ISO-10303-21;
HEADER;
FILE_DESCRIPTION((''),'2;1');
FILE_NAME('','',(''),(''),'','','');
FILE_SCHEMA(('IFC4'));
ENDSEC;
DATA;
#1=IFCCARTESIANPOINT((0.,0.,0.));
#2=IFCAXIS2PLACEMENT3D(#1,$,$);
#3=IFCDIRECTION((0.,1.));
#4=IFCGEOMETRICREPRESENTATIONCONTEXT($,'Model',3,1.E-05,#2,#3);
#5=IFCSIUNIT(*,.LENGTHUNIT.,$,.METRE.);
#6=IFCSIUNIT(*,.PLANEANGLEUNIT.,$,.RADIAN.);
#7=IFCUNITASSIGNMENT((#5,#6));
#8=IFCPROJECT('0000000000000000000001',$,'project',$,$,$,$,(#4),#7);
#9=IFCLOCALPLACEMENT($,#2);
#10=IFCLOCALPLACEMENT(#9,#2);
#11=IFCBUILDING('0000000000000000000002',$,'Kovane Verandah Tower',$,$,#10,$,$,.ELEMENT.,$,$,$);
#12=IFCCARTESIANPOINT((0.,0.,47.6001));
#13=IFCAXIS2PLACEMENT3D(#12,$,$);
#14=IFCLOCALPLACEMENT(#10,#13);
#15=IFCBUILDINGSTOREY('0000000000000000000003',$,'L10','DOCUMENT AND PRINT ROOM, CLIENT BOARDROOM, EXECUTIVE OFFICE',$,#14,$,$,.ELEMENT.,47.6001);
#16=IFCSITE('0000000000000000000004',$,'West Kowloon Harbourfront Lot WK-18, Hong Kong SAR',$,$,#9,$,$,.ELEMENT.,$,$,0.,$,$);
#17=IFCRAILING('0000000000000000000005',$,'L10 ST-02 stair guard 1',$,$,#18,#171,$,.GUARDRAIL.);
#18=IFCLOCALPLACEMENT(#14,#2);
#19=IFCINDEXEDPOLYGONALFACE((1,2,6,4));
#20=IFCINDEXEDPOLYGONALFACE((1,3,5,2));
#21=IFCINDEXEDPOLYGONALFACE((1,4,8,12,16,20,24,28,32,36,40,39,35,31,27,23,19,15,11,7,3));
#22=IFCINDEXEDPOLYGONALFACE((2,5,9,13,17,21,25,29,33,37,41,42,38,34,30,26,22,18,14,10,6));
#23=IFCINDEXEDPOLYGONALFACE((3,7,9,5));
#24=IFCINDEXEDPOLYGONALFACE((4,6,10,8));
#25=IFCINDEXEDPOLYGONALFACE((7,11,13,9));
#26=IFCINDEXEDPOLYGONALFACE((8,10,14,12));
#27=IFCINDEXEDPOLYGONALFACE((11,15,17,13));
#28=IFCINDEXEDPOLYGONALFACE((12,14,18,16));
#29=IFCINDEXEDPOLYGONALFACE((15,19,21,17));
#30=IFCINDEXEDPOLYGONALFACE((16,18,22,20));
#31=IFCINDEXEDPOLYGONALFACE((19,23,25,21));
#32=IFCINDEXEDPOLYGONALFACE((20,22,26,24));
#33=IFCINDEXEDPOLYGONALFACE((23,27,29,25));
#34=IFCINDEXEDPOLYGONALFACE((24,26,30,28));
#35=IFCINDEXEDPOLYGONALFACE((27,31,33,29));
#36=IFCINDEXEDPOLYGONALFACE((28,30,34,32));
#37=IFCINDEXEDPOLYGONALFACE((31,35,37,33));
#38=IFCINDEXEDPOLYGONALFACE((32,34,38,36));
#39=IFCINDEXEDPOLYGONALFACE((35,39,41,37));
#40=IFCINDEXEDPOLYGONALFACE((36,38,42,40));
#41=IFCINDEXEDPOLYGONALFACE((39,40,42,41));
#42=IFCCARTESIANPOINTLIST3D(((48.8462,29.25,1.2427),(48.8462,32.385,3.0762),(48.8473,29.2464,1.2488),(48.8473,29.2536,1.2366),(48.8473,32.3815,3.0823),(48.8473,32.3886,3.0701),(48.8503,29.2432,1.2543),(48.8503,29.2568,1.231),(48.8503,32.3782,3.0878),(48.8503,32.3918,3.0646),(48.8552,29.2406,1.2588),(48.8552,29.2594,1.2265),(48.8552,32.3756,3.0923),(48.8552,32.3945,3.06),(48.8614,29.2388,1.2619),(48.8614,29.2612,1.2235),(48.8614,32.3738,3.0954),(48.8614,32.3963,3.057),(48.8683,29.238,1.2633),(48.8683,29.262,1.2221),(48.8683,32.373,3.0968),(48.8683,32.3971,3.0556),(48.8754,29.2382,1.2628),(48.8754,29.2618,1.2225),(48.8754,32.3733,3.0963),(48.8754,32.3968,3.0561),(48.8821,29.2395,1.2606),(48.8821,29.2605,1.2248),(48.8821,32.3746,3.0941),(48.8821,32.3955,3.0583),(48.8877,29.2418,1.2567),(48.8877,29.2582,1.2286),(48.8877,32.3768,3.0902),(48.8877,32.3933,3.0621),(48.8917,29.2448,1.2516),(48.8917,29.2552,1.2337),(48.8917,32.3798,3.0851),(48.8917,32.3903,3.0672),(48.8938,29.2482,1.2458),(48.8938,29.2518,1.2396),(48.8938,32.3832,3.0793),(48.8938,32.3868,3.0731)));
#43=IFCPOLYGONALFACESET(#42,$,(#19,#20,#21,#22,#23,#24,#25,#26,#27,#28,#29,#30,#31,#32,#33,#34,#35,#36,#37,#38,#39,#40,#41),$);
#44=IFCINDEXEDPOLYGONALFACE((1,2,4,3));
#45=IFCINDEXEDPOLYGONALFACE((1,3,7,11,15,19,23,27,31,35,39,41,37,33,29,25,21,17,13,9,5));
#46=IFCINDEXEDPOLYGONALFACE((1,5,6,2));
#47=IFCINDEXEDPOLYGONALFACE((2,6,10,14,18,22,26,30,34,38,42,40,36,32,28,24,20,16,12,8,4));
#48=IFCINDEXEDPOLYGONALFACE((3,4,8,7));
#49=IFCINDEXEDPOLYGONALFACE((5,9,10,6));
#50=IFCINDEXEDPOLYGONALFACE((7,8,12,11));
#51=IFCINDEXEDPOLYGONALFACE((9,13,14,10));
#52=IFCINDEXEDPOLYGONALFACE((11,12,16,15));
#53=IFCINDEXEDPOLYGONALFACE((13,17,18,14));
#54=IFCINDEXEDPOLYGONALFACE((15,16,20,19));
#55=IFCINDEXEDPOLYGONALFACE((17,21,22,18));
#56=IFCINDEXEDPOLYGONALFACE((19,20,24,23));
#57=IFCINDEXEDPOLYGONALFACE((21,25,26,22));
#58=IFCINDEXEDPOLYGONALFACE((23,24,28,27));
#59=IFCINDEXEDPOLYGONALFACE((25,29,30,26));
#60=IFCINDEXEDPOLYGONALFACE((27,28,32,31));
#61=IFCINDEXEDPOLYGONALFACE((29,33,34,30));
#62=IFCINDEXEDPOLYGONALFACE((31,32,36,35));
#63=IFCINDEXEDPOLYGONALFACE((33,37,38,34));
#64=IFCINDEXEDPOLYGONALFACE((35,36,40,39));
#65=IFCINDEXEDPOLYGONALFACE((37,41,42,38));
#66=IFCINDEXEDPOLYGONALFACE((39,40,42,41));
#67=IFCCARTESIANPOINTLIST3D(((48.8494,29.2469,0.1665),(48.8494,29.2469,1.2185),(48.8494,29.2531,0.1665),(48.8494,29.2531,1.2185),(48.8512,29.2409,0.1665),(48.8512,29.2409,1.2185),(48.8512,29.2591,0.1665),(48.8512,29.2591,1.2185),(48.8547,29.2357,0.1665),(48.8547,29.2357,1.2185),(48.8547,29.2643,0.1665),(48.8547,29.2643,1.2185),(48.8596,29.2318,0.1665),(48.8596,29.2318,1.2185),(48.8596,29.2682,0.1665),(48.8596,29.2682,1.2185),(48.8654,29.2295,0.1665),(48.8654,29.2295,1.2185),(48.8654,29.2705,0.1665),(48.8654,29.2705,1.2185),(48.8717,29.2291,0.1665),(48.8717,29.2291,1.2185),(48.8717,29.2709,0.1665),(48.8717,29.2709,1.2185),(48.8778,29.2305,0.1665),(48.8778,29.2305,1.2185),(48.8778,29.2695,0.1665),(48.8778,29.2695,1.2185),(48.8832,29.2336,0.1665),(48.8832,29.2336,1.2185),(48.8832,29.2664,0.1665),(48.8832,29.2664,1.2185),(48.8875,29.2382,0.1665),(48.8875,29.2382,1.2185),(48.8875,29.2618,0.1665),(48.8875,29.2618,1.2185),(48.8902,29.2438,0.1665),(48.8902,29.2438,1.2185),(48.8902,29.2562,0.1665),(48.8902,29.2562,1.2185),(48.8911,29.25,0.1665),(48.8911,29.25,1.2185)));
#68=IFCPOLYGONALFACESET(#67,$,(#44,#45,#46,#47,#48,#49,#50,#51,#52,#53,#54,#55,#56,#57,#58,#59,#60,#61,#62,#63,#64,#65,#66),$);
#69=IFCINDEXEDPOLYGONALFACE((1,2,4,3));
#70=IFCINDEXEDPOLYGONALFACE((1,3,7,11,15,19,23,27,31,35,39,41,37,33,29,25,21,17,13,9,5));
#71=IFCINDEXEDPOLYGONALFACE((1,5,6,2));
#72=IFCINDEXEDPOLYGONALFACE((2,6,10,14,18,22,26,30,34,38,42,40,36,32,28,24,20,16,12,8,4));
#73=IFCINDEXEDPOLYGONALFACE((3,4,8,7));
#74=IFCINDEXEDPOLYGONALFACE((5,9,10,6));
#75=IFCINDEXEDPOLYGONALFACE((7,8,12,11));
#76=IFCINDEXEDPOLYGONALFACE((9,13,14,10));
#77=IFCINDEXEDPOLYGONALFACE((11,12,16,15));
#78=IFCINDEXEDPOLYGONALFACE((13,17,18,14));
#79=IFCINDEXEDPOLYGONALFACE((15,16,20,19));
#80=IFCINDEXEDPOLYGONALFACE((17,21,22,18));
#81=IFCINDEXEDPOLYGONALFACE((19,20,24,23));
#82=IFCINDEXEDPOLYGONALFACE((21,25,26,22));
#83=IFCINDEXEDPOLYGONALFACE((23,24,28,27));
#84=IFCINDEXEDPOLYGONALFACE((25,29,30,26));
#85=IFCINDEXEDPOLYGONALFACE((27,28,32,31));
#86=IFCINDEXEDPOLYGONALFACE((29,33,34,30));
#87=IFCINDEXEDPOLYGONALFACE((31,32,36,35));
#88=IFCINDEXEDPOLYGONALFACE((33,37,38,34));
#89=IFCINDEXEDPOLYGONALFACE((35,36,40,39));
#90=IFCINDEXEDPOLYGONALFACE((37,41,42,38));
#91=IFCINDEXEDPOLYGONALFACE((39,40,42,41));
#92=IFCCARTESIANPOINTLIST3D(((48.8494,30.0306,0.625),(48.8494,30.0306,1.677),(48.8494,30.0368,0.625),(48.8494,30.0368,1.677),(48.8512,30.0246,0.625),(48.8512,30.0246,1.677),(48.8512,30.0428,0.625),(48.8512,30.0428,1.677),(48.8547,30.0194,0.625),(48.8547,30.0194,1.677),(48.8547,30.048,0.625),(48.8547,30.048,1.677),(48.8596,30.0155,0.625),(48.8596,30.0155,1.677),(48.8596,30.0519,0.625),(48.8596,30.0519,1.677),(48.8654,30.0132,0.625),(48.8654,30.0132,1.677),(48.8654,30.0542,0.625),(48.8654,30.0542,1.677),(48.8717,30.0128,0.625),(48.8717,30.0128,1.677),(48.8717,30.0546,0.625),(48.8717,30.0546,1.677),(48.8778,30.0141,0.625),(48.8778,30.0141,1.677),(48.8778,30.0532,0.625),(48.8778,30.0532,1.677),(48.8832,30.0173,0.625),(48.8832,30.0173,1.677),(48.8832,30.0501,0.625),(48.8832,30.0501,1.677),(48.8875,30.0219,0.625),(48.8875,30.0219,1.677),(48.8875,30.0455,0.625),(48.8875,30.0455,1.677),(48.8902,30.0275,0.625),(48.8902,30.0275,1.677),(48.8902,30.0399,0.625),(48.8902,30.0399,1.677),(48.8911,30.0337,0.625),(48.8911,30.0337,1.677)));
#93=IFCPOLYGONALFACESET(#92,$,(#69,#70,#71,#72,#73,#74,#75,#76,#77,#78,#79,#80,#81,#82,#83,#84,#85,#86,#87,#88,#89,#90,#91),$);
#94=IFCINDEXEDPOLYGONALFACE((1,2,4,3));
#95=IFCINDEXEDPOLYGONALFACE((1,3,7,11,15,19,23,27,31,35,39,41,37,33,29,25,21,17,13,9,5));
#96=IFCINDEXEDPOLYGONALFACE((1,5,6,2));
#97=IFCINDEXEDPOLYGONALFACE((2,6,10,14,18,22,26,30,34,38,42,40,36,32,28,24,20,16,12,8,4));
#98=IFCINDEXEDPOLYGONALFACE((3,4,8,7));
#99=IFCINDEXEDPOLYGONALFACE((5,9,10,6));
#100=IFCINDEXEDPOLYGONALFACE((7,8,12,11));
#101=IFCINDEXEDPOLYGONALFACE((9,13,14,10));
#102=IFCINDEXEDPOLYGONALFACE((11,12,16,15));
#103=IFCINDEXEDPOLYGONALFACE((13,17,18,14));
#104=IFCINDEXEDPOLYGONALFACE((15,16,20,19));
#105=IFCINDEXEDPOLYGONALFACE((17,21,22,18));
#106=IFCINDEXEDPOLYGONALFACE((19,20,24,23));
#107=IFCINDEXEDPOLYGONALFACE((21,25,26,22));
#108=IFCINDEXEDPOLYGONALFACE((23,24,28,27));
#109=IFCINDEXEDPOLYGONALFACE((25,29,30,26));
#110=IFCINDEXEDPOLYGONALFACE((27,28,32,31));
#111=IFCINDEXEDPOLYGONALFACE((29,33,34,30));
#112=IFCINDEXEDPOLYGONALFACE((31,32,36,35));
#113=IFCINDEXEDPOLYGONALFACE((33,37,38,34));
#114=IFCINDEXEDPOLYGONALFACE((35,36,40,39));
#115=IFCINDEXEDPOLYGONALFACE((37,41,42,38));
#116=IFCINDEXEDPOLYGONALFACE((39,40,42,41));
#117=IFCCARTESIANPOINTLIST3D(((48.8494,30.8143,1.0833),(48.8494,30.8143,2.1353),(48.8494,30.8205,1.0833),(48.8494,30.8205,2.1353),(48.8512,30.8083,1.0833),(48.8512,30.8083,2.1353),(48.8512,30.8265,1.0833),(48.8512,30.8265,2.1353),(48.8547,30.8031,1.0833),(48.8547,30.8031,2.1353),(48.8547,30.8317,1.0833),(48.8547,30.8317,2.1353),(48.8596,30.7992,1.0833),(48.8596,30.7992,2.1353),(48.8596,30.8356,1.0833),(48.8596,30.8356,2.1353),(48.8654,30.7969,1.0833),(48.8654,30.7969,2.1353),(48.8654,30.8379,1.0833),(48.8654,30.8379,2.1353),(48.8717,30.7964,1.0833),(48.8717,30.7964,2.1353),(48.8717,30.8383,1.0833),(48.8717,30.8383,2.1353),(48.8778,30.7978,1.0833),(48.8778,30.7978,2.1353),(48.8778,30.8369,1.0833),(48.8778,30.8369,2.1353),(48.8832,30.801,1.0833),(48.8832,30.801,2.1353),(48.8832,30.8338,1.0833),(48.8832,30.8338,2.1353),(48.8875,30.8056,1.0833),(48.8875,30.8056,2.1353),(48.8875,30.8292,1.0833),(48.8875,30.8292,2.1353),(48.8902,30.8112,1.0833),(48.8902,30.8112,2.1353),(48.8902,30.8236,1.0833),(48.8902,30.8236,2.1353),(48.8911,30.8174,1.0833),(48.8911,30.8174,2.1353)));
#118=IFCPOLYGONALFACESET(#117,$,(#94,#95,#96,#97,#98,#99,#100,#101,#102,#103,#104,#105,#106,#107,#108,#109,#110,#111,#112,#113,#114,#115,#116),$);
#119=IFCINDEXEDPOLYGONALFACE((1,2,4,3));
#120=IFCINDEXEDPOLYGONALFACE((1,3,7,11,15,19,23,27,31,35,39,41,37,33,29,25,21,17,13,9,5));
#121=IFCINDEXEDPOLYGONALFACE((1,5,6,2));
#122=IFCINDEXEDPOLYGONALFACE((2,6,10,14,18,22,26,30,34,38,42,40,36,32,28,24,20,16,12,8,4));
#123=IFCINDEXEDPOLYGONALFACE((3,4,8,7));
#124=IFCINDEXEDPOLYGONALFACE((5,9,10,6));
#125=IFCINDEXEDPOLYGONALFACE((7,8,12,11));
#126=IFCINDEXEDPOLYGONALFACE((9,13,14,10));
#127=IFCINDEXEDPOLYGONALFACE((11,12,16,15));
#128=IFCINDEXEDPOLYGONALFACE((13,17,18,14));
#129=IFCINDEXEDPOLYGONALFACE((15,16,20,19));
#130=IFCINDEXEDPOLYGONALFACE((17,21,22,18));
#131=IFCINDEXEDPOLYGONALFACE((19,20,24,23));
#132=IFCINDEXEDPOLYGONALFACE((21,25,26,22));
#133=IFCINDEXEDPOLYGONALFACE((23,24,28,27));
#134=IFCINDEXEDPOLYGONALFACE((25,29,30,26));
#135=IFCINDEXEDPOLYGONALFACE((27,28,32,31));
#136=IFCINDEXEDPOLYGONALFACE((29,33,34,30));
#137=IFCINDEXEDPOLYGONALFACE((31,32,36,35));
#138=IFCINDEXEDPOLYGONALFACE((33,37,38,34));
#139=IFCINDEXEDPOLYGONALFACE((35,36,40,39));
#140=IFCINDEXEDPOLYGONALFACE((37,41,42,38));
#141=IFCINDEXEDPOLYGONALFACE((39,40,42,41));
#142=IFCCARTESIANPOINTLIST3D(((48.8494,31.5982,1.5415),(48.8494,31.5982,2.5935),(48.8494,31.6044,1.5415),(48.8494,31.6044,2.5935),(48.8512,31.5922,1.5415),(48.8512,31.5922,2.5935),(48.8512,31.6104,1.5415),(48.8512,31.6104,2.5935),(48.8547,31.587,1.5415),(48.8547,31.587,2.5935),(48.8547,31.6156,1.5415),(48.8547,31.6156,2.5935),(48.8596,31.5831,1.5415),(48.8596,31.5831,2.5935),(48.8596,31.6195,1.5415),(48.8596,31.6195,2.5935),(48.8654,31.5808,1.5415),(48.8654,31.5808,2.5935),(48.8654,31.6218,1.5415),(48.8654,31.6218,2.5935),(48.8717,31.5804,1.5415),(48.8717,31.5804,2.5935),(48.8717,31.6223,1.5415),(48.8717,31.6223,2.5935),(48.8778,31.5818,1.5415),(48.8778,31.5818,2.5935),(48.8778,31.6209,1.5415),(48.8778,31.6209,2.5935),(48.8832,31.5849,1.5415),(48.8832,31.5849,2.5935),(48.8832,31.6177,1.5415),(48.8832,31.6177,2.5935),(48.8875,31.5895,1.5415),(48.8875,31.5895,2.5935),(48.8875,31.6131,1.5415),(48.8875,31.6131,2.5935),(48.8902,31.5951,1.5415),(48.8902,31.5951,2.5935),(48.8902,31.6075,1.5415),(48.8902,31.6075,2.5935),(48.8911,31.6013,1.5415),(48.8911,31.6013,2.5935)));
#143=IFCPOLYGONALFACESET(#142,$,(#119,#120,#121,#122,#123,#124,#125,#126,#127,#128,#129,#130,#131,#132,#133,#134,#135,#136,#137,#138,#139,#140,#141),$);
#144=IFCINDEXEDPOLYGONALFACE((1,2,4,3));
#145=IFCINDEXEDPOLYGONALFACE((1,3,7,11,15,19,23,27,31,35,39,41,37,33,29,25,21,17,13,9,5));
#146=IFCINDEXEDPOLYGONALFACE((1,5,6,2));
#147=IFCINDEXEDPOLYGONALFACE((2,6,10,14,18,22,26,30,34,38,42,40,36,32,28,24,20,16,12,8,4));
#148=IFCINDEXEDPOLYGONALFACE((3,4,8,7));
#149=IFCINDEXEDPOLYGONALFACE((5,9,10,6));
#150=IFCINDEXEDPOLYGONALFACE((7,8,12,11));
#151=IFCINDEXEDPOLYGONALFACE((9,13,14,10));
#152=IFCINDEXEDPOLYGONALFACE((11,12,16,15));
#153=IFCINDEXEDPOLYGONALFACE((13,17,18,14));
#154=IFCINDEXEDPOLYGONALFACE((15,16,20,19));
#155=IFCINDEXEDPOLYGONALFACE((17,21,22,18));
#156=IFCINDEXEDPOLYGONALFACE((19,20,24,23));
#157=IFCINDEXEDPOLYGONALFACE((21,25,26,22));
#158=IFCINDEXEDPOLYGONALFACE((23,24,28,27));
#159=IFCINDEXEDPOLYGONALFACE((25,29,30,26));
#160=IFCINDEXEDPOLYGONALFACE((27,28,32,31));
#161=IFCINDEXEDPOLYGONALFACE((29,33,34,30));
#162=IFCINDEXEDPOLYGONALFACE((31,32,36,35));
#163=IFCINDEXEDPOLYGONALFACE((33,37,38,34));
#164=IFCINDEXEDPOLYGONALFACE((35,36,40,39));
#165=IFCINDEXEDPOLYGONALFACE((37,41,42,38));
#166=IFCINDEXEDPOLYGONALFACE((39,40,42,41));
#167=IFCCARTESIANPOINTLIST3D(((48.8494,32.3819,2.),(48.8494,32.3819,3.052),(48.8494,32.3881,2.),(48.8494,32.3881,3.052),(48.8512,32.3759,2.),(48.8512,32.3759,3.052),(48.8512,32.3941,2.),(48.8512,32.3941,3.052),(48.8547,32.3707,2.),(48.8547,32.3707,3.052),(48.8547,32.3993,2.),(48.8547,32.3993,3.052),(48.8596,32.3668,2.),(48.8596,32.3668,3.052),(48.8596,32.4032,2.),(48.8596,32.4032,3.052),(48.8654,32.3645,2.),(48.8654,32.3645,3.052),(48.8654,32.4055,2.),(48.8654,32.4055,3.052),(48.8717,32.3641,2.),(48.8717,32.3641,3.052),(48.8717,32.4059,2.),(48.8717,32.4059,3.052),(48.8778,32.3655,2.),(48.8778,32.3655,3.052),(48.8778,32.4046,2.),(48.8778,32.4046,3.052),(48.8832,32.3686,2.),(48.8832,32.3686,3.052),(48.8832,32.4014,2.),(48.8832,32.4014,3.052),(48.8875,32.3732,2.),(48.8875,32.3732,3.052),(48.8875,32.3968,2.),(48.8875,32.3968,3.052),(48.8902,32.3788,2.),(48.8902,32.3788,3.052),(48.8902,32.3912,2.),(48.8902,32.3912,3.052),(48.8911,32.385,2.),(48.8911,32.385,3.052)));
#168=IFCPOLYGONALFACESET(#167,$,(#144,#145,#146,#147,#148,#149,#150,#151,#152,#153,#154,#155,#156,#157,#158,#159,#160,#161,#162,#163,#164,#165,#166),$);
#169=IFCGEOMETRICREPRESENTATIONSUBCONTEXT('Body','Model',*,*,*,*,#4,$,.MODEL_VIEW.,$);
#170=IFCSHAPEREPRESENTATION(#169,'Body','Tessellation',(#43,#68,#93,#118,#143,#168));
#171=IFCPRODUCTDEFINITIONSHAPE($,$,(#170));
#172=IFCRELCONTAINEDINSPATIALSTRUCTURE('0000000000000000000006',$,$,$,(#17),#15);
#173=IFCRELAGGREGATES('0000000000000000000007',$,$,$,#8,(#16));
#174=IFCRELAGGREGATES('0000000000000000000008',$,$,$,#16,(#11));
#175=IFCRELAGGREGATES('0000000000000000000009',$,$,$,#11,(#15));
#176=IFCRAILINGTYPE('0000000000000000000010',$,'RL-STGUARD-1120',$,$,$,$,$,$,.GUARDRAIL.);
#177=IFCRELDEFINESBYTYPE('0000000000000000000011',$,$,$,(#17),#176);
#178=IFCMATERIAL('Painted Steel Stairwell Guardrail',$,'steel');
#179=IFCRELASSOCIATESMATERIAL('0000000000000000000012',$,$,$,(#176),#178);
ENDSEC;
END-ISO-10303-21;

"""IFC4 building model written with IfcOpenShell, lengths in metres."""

from ifc_helpers import new_model, si_unit, direction, frame, origin, origin_2d, place, context, subcontext, project, spatial, circle, extrude, material, type_object, element, save


model = new_model("IFC4")

# Units and contexts
model_context = context("Model", 3, precision=1e-05, world=origin(), true_north=direction((0.0, 1.0)))
body_context = subcontext(model_context, "Body", "Model", "MODEL_VIEW")
ifc_project = project(units=[si_unit("LENGTHUNIT", "METRE"), si_unit("PLANEANGLEUNIT", "RADIAN")], contexts=[model_context])

# Site, building, storey
site_placement = place(None, origin())
site = spatial("IfcSite", under=ifc_project, at=site_placement, Name="West Kowloon Harbourfront Lot WK-18, Hong Kong SAR", CompositionType="ELEMENT", RefElevation=0.0)
building_placement = place(site_placement, origin())
building = spatial("IfcBuilding", under=site, at=building_placement, Name="Kovane Verandah Tower", CompositionType="ELEMENT")
storey_placement = place(building_placement, frame((0.0, 0.0, 47.6001)))
storey = spatial("IfcBuildingStorey", under=building, at=storey_placement, Name="L10", Description="DOCUMENT AND PRINT ROOM, CLIENT BOARDROOM, EXECUTIVE OFFICE", CompositionType="ELEMENT", Elevation=47.6001)

# Railing
ifc_material_1 = material(Name="Painted Steel Stairwell Guardrail", Category="steel")
railing_type_1 = type_object("IfcRailingType", Name="RL-STGUARD-1120", PredefinedType="GUARDRAIL", material=ifc_material_1)
railing_1_placement = place(storey_placement, frame((48.8701, 29.25, 0.1665)))
element("IfcRailing", 1, at=railing_1_placement, inside=storey, type_object=railing_type_1, Name="L10 ST-02 stair guard 1", PredefinedType="GUARDRAIL", context=body_context, shape_type="SweptSolid", body=[
    extrude(circle(Radius=0.0239, at=origin_2d()), frame((0.0, 0.0, 1.0762), z_axis=(0.0, 0.86321, 0.504845), x_axis=(-1.0, 0.0, 0.0)), (0.0, 0.0, 1.0), 3.6318),
    extrude(circle(Radius=0.021, at=origin_2d()), origin(), (0.0, 0.0, 1.0), 1.052),
    extrude(circle(Radius=0.021, at=origin_2d()), frame((0.0, 0.7837, 0.4585)), (0.0, 0.0, 1.0), 1.052),
    extrude(circle(Radius=0.021, at=origin_2d()), frame((0.0, 1.5674, 0.9167)), (0.0, 0.0, 1.0), 1.052),
    extrude(circle(Radius=0.021, at=origin_2d()), frame((0.0, 2.3513, 1.375)), (0.0, 0.0, 1.0), 1.052),
    extrude(circle(Radius=0.021, at=origin_2d()), frame((0.0, 3.135, 1.8335)), (0.0, 0.0, 1.0), 1.052),
])

save(model, "model.ifc")
